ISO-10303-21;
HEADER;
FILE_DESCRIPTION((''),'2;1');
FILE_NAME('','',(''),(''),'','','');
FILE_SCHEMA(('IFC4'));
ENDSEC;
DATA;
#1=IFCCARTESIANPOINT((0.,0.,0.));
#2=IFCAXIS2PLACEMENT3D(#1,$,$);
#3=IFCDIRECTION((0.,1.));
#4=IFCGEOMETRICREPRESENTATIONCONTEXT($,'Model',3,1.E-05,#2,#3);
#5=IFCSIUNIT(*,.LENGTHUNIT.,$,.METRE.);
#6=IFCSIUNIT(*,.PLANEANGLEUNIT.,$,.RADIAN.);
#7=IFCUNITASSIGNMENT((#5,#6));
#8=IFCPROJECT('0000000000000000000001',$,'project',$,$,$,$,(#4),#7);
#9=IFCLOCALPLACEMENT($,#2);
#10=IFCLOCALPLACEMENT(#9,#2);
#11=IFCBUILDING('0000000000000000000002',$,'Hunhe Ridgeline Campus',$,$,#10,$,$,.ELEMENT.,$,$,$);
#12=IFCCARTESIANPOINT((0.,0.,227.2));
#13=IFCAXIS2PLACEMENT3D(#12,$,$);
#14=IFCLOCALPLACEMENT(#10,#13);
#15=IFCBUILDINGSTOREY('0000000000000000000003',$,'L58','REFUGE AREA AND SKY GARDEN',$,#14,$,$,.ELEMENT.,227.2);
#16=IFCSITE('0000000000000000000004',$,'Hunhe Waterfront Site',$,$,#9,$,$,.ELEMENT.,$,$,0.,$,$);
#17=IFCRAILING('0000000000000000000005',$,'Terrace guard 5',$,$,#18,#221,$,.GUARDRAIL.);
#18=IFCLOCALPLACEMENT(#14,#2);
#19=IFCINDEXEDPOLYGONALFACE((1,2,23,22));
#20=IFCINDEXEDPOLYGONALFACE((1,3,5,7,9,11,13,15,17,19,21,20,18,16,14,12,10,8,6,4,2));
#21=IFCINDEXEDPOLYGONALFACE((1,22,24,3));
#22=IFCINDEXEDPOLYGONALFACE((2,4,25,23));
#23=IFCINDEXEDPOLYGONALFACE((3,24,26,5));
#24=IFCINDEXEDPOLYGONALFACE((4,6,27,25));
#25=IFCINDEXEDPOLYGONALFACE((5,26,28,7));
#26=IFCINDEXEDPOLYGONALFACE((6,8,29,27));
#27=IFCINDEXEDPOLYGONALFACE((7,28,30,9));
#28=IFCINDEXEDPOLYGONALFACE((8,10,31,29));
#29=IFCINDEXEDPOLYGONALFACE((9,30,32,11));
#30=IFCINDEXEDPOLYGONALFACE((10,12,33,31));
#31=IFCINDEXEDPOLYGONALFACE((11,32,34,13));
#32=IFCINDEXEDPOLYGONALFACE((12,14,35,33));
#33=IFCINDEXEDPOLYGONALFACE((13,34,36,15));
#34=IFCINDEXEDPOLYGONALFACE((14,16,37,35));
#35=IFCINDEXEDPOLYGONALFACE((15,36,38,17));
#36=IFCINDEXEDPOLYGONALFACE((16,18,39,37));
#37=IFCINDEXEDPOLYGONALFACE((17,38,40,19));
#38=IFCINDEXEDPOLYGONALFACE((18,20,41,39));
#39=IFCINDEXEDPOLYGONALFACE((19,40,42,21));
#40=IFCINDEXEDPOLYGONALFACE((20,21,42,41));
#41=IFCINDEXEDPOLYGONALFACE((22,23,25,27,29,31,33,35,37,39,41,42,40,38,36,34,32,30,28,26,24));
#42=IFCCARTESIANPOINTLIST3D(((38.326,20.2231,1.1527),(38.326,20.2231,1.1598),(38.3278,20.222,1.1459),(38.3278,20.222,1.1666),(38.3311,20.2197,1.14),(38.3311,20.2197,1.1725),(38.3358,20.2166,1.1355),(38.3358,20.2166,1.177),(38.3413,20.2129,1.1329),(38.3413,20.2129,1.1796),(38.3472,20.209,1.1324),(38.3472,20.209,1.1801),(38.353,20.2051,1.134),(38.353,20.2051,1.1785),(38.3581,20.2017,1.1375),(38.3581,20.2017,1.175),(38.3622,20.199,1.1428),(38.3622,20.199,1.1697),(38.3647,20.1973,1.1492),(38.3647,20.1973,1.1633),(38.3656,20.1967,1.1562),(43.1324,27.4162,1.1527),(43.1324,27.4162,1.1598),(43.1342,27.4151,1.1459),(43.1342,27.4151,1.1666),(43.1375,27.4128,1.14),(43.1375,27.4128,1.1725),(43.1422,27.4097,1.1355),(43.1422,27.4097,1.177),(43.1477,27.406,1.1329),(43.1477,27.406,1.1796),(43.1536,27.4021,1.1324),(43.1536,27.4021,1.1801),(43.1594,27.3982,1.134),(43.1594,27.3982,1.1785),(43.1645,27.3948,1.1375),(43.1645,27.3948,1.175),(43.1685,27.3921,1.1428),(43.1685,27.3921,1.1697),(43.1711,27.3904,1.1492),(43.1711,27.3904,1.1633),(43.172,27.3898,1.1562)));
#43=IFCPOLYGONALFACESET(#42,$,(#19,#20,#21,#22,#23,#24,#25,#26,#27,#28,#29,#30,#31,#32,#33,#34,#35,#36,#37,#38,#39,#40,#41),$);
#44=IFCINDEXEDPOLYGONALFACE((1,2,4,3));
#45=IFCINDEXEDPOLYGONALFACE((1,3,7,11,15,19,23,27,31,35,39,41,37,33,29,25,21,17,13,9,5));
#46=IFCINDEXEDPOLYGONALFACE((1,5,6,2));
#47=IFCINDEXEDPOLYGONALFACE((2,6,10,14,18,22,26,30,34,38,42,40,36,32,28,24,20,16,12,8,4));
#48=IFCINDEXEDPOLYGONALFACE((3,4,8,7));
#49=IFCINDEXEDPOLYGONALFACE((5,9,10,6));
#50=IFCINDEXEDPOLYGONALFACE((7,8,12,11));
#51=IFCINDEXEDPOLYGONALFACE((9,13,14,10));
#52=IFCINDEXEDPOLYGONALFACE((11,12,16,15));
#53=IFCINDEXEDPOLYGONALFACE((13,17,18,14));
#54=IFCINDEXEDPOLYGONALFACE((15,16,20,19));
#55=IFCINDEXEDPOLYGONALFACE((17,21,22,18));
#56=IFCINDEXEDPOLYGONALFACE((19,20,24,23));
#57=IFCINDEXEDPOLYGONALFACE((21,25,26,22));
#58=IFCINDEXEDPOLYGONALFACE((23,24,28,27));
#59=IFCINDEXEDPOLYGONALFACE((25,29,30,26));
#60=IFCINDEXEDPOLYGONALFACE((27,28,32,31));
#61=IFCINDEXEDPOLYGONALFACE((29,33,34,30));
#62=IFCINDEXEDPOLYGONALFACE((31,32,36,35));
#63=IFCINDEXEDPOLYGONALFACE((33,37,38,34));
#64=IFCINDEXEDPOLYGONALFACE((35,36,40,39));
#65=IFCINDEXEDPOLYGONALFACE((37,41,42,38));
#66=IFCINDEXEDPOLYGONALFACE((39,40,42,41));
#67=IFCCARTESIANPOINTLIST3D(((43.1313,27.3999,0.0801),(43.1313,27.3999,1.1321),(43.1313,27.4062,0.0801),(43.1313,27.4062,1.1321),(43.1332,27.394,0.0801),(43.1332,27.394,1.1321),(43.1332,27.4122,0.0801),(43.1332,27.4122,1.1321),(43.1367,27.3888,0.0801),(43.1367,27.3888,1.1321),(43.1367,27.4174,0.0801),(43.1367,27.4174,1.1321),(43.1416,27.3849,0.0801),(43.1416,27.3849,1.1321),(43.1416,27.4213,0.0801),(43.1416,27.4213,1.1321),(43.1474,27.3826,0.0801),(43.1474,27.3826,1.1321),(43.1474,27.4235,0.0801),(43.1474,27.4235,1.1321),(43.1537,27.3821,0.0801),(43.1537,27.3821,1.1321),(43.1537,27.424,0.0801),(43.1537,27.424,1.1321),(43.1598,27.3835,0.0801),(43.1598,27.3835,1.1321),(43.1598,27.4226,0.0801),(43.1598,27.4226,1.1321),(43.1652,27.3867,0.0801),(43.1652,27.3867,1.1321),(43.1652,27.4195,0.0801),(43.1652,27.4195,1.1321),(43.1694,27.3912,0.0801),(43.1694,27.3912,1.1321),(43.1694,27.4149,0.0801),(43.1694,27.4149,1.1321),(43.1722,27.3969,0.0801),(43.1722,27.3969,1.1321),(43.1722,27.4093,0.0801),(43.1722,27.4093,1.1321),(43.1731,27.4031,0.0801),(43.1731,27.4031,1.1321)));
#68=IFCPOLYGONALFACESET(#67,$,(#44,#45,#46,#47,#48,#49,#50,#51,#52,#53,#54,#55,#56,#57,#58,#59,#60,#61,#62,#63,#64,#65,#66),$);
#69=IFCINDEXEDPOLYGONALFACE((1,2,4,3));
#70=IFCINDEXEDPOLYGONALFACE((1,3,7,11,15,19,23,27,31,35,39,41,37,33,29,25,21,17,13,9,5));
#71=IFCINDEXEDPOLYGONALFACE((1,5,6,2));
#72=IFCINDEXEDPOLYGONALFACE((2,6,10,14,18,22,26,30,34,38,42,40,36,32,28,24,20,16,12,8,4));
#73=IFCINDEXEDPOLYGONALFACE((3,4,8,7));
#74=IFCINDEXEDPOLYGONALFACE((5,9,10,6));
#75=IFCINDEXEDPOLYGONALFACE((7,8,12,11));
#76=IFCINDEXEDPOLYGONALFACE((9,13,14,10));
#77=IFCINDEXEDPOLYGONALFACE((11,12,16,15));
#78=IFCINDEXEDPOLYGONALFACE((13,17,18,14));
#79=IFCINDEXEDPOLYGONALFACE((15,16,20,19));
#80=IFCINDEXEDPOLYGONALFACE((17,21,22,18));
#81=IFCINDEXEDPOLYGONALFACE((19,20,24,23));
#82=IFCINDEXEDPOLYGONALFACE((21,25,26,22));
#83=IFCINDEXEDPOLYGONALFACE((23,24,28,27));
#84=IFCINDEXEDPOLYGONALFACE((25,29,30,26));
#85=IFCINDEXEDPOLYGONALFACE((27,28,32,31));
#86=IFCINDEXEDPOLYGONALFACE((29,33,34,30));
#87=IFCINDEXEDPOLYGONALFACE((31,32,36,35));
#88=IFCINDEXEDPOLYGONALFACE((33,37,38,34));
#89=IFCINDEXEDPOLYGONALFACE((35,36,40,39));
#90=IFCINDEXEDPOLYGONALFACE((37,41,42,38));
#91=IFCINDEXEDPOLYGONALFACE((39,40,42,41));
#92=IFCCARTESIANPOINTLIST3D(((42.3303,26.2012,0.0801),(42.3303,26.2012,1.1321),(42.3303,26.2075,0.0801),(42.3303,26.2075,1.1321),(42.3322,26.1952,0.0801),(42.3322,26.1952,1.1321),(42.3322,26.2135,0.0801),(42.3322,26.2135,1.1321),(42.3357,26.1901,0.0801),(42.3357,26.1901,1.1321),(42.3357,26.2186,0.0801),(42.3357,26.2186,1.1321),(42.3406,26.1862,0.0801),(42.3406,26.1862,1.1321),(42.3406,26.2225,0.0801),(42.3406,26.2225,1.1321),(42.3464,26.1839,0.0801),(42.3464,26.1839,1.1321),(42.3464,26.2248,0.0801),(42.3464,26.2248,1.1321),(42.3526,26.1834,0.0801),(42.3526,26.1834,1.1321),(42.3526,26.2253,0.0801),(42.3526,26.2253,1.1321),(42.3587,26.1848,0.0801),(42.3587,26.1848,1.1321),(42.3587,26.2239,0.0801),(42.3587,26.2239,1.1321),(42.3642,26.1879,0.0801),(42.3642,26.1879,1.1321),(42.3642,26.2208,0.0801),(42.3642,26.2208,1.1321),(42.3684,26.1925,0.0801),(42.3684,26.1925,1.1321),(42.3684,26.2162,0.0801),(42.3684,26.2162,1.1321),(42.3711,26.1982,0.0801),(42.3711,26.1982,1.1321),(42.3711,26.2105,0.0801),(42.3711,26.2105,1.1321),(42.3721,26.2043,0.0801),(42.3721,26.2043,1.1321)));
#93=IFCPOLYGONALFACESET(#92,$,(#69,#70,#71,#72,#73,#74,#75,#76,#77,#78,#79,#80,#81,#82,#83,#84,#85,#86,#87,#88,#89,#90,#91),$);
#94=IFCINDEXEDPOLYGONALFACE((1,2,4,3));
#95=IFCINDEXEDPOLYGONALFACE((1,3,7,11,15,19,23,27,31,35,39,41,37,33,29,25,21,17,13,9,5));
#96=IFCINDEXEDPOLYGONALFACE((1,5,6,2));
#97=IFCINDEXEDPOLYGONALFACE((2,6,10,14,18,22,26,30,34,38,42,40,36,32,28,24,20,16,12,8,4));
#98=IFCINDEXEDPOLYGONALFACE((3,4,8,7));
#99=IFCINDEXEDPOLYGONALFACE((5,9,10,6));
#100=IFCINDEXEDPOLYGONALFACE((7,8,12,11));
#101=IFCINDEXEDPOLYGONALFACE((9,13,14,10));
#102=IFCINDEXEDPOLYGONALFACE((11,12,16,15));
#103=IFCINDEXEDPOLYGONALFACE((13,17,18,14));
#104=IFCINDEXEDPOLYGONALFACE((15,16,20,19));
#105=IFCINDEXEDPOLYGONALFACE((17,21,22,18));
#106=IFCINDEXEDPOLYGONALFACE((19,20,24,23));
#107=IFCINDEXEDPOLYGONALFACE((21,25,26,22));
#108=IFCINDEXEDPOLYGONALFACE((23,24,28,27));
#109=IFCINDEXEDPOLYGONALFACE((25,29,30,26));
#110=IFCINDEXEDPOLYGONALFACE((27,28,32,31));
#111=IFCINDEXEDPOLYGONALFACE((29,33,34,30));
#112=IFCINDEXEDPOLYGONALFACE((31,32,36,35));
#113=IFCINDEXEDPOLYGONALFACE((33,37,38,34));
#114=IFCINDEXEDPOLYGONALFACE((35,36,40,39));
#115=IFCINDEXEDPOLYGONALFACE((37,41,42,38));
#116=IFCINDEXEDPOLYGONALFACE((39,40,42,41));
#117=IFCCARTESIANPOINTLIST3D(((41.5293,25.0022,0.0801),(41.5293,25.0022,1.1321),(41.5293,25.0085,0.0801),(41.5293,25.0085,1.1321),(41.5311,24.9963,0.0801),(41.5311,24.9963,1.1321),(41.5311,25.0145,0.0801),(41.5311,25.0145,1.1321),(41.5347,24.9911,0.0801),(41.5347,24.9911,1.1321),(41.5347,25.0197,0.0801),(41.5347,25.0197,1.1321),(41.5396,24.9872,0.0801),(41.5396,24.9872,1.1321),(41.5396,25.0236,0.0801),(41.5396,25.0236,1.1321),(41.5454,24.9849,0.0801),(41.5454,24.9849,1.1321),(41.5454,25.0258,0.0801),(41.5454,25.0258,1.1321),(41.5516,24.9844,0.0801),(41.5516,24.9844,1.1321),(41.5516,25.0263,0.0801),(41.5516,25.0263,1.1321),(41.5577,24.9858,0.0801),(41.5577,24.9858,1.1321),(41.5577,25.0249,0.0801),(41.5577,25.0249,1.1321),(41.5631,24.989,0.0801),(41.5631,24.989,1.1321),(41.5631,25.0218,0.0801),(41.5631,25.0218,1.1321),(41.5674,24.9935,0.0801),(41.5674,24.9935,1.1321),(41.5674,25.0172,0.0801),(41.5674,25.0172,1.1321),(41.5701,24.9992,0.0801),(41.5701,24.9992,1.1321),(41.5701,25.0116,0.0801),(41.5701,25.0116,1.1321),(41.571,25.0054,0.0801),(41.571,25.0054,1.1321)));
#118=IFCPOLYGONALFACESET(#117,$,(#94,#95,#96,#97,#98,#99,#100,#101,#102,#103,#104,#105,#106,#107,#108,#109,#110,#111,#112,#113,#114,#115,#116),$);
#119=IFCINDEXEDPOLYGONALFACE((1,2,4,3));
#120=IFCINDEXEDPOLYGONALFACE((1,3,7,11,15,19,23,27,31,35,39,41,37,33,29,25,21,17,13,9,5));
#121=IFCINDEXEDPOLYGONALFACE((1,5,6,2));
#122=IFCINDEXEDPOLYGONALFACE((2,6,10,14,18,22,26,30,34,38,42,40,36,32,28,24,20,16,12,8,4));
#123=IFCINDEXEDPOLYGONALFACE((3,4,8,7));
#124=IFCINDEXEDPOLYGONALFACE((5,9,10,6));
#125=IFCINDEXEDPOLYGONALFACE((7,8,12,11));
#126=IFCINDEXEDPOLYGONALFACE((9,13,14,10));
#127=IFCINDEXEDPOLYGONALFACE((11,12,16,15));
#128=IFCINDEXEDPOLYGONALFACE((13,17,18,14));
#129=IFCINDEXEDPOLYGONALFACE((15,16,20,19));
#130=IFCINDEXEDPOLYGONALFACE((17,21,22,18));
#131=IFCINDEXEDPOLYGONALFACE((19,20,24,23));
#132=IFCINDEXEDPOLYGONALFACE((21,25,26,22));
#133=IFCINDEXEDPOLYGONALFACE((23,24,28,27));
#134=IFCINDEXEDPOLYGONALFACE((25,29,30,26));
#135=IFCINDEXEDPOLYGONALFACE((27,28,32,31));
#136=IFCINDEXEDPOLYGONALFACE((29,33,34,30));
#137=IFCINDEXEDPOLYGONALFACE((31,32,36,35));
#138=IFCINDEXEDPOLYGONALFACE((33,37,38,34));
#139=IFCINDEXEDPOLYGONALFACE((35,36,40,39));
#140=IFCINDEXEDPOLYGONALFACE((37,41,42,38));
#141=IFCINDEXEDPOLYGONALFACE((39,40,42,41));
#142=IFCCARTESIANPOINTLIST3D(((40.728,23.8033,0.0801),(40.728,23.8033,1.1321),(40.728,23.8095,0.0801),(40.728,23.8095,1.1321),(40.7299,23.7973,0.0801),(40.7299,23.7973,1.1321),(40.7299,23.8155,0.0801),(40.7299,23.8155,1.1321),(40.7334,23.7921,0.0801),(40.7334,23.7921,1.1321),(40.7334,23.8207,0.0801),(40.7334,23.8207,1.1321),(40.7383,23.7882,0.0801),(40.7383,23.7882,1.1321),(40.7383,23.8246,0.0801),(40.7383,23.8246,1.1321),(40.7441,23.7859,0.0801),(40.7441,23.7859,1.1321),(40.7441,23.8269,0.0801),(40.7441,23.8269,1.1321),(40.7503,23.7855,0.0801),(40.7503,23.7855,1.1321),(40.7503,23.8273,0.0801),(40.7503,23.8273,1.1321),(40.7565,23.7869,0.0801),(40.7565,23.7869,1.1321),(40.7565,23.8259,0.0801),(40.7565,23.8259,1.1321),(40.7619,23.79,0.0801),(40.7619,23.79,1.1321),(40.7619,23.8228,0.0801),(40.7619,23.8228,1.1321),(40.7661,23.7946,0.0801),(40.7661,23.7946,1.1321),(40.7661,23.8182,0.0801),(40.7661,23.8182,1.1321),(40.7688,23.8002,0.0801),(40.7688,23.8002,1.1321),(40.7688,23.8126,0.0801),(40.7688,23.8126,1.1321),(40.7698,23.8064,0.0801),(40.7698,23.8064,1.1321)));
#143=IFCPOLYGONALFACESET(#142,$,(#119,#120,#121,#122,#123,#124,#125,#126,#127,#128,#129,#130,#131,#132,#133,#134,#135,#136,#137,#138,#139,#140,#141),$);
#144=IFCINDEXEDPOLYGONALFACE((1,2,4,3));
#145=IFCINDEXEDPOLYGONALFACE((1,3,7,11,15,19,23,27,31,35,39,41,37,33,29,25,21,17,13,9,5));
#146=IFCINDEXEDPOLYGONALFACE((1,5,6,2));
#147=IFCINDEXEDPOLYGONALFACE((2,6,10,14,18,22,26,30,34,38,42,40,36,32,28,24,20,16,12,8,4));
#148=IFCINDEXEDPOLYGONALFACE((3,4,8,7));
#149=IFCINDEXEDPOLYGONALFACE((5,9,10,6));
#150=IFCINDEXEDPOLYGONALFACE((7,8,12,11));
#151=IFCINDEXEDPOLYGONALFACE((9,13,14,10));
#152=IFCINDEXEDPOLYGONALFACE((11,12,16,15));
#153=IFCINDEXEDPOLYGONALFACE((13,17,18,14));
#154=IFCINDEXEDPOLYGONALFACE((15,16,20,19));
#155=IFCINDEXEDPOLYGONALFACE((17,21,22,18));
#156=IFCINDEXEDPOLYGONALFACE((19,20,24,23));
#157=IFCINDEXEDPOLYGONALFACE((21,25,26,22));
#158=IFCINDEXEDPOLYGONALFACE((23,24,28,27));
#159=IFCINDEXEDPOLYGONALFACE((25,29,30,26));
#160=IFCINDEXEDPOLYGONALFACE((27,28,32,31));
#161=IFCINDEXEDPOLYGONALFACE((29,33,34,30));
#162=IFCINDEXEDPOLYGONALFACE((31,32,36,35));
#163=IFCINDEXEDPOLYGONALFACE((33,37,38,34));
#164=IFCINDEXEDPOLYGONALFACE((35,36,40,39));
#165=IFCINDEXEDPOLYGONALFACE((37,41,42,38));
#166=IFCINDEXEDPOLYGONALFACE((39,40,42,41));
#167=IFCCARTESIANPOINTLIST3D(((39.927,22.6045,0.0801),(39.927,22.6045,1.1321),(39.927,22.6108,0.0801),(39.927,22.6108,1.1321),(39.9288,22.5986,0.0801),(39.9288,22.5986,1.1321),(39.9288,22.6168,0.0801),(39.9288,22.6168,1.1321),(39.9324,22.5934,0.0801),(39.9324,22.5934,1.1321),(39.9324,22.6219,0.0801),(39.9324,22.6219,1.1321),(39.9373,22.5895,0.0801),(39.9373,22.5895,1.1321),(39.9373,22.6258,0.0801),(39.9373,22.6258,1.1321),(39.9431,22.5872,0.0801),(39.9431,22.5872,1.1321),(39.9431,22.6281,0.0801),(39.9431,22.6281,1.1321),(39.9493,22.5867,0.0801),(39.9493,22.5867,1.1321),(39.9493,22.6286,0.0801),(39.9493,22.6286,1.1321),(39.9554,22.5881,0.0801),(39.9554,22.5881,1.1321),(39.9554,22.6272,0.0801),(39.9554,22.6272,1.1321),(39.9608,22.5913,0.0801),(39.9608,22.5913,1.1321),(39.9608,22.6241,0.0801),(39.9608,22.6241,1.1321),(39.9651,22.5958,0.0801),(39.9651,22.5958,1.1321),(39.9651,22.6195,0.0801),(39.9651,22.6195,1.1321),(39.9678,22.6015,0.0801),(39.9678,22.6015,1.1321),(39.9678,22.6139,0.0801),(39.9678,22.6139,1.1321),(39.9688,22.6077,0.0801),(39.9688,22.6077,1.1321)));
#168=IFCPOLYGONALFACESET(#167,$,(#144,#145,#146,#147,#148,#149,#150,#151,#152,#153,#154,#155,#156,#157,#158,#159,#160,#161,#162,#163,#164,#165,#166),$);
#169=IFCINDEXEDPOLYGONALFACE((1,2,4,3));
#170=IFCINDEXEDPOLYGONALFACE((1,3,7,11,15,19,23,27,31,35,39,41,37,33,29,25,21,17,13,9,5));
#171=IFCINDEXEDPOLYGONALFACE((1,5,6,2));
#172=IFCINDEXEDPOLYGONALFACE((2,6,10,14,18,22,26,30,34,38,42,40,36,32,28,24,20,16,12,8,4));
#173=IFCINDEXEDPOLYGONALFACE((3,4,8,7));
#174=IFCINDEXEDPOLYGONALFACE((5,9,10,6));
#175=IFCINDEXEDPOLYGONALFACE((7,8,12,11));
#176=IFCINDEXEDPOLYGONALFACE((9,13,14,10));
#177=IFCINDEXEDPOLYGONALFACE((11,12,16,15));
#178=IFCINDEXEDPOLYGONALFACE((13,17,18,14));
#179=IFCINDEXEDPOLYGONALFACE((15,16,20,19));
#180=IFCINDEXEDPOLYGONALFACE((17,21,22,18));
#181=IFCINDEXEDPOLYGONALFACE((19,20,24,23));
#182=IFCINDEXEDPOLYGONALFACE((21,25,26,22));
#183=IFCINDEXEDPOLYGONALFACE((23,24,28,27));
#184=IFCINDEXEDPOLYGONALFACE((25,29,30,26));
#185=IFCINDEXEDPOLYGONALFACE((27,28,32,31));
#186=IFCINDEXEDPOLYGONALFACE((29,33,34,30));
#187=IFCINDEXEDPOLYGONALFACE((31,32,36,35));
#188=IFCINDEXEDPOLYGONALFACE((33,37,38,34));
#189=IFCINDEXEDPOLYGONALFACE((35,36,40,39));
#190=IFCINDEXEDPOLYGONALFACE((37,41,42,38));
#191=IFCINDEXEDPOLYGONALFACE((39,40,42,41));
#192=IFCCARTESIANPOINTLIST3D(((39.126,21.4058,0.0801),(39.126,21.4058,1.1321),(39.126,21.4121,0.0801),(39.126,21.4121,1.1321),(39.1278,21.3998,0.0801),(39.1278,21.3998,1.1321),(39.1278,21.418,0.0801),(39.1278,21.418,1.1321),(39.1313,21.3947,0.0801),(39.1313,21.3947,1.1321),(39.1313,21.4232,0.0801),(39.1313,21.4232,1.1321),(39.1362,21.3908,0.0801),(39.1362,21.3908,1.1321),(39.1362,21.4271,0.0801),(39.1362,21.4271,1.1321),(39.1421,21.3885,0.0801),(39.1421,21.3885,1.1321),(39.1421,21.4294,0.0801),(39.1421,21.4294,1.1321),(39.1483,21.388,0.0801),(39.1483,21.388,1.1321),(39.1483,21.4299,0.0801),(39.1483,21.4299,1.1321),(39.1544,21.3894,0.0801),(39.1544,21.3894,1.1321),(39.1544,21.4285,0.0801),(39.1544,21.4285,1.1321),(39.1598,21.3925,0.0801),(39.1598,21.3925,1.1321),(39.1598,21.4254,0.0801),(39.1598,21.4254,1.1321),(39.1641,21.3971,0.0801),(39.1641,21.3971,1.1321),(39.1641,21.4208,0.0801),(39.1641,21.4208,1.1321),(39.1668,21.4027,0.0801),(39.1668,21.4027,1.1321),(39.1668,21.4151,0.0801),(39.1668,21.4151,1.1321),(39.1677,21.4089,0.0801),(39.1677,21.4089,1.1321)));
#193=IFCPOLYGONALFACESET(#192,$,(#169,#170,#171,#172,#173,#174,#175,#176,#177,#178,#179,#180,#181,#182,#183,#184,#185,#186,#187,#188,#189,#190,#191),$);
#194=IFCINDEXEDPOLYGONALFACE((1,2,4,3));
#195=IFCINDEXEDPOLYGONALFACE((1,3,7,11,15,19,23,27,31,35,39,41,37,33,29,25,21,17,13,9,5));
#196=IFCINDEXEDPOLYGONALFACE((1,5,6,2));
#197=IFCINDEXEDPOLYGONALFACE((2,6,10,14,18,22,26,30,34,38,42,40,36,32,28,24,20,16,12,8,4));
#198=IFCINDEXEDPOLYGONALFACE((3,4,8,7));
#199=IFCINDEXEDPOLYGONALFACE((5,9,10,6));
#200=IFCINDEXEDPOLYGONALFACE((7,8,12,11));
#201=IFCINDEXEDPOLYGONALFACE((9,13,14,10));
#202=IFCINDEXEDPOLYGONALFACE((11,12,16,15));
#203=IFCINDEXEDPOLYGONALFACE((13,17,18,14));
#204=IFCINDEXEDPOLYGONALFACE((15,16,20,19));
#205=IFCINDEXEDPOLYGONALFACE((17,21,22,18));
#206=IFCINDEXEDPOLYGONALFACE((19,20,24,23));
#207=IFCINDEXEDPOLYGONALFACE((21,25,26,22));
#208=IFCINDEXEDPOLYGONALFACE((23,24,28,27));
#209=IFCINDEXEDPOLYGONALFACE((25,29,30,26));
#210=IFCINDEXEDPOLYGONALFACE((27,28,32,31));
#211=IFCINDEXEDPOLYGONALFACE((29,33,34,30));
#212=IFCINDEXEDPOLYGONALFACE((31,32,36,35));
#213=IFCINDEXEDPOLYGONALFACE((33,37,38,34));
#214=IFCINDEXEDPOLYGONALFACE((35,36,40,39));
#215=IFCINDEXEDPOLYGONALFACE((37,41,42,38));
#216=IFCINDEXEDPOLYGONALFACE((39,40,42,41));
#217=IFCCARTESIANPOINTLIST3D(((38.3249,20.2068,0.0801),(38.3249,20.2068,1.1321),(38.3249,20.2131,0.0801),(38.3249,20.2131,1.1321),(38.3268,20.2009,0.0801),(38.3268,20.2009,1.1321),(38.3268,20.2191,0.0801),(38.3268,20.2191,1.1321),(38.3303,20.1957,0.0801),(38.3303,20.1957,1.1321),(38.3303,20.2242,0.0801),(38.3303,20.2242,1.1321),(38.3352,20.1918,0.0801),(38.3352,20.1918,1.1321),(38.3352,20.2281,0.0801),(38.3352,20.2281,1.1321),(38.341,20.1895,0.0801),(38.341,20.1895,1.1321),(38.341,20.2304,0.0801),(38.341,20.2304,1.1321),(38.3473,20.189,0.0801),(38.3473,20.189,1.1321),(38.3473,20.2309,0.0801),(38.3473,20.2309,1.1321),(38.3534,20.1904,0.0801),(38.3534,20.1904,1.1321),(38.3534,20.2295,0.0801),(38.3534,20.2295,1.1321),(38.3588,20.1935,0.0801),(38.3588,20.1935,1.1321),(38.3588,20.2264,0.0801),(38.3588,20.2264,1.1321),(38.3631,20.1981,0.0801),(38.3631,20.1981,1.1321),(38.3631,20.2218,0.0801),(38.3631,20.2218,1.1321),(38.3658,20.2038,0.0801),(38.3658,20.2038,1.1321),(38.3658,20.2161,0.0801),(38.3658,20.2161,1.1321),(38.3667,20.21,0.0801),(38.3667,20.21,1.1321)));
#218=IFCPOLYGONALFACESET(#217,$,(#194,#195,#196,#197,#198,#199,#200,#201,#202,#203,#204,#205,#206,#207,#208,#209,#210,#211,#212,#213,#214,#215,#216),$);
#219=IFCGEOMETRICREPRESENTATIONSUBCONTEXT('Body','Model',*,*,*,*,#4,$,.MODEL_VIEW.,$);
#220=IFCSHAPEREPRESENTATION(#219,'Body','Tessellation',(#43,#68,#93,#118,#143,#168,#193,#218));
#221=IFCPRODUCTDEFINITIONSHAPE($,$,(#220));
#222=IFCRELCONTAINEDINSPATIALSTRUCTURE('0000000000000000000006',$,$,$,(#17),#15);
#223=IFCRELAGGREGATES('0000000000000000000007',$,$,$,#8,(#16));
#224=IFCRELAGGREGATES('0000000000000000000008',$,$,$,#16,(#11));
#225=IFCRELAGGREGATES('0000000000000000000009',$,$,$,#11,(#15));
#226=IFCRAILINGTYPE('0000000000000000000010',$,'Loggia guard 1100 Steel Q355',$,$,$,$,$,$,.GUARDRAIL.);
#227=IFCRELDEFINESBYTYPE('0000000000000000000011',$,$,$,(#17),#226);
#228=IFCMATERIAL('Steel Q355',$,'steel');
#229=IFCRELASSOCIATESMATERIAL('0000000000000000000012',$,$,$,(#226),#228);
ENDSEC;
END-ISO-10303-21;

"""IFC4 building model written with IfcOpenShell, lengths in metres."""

from ifc_helpers import new_model, si_unit, direction, frame, origin, origin_2d, place, context, subcontext, project, spatial, circle, extrude, material, type_object, element, save


model = new_model("IFC4")

# Units and contexts
model_context = context("Model", 3, precision=1e-05, world=origin(), true_north=direction((0.0, 1.0)))
body_context = subcontext(model_context, "Body", "Model", "MODEL_VIEW")
ifc_project = project(units=[si_unit("LENGTHUNIT", "METRE"), si_unit("PLANEANGLEUNIT", "RADIAN")], contexts=[model_context])

# Site, building, storey
site_placement = place(None, origin())
site = spatial("IfcSite", under=ifc_project, at=site_placement, Name="Hunhe Waterfront Site", CompositionType="ELEMENT", RefElevation=0.0)
building_placement = place(site_placement, origin())
building = spatial("IfcBuilding", under=site, at=building_placement, Name="Hunhe Ridgeline Campus", CompositionType="ELEMENT")
storey_placement = place(building_placement, frame((0.0, 0.0, 227.2)))
storey = spatial("IfcBuildingStorey", under=building, at=storey_placement, Name="L58", Description="REFUGE AREA AND SKY GARDEN", CompositionType="ELEMENT", Elevation=227.2)

# Railing
ifc_material_1 = material(Name="Steel Q355", Category="steel")
railing_type = type_object("IfcRailingType", Name="Loggia guard 1100 Steel Q355", PredefinedType="GUARDRAIL", material=ifc_material_1)
railing_1_placement = place(storey_placement, frame((43.1521, 27.4031, 0.0801)))
element("IfcRailing", 1, at=railing_1_placement, inside=storey, type_object=railing_type, Name="Terrace guard 5", PredefinedType="GUARDRAIL", context=body_context, shape_type="SweptSolid", body=[
    extrude(circle(Radius=0.0239, at=origin_2d()), frame((0.0, 0.0, 1.0762), z_axis=(-0.555579, -0.831464, 0.0), x_axis=(0.831464, -0.555579, 0.0)), (0.0, 0.0, 1.0), 8.6511),
    extrude(circle(Radius=0.021, at=origin_2d()), origin(), (0.0, 0.0, 1.0), 1.052),
    extrude(circle(Radius=0.021, at=origin_2d()), frame((-0.801, -1.1987, 0.0)), (0.0, 0.0, 1.0), 1.052),
    extrude(circle(Radius=0.021, at=origin_2d()), frame((-1.6021, -2.3977, 0.0)), (0.0, 0.0, 1.0), 1.052),
    extrude(circle(Radius=0.021, at=origin_2d()), frame((-2.4033, -3.5967, 0.0)), (0.0, 0.0, 1.0), 1.052),
    extrude(circle(Radius=0.021, at=origin_2d()), frame((-3.2043, -4.7954, 0.0)), (0.0, 0.0, 1.0), 1.052),
    extrude(circle(Radius=0.021, at=origin_2d()), frame((-4.0054, -5.9941, 0.0)), (0.0, 0.0, 1.0), 1.052),
    extrude(circle(Radius=0.021, at=origin_2d()), frame((-4.8064, -7.1931, 0.0)), (0.0, 0.0, 1.0), 1.052),
])

save(model, "model.ifc")
